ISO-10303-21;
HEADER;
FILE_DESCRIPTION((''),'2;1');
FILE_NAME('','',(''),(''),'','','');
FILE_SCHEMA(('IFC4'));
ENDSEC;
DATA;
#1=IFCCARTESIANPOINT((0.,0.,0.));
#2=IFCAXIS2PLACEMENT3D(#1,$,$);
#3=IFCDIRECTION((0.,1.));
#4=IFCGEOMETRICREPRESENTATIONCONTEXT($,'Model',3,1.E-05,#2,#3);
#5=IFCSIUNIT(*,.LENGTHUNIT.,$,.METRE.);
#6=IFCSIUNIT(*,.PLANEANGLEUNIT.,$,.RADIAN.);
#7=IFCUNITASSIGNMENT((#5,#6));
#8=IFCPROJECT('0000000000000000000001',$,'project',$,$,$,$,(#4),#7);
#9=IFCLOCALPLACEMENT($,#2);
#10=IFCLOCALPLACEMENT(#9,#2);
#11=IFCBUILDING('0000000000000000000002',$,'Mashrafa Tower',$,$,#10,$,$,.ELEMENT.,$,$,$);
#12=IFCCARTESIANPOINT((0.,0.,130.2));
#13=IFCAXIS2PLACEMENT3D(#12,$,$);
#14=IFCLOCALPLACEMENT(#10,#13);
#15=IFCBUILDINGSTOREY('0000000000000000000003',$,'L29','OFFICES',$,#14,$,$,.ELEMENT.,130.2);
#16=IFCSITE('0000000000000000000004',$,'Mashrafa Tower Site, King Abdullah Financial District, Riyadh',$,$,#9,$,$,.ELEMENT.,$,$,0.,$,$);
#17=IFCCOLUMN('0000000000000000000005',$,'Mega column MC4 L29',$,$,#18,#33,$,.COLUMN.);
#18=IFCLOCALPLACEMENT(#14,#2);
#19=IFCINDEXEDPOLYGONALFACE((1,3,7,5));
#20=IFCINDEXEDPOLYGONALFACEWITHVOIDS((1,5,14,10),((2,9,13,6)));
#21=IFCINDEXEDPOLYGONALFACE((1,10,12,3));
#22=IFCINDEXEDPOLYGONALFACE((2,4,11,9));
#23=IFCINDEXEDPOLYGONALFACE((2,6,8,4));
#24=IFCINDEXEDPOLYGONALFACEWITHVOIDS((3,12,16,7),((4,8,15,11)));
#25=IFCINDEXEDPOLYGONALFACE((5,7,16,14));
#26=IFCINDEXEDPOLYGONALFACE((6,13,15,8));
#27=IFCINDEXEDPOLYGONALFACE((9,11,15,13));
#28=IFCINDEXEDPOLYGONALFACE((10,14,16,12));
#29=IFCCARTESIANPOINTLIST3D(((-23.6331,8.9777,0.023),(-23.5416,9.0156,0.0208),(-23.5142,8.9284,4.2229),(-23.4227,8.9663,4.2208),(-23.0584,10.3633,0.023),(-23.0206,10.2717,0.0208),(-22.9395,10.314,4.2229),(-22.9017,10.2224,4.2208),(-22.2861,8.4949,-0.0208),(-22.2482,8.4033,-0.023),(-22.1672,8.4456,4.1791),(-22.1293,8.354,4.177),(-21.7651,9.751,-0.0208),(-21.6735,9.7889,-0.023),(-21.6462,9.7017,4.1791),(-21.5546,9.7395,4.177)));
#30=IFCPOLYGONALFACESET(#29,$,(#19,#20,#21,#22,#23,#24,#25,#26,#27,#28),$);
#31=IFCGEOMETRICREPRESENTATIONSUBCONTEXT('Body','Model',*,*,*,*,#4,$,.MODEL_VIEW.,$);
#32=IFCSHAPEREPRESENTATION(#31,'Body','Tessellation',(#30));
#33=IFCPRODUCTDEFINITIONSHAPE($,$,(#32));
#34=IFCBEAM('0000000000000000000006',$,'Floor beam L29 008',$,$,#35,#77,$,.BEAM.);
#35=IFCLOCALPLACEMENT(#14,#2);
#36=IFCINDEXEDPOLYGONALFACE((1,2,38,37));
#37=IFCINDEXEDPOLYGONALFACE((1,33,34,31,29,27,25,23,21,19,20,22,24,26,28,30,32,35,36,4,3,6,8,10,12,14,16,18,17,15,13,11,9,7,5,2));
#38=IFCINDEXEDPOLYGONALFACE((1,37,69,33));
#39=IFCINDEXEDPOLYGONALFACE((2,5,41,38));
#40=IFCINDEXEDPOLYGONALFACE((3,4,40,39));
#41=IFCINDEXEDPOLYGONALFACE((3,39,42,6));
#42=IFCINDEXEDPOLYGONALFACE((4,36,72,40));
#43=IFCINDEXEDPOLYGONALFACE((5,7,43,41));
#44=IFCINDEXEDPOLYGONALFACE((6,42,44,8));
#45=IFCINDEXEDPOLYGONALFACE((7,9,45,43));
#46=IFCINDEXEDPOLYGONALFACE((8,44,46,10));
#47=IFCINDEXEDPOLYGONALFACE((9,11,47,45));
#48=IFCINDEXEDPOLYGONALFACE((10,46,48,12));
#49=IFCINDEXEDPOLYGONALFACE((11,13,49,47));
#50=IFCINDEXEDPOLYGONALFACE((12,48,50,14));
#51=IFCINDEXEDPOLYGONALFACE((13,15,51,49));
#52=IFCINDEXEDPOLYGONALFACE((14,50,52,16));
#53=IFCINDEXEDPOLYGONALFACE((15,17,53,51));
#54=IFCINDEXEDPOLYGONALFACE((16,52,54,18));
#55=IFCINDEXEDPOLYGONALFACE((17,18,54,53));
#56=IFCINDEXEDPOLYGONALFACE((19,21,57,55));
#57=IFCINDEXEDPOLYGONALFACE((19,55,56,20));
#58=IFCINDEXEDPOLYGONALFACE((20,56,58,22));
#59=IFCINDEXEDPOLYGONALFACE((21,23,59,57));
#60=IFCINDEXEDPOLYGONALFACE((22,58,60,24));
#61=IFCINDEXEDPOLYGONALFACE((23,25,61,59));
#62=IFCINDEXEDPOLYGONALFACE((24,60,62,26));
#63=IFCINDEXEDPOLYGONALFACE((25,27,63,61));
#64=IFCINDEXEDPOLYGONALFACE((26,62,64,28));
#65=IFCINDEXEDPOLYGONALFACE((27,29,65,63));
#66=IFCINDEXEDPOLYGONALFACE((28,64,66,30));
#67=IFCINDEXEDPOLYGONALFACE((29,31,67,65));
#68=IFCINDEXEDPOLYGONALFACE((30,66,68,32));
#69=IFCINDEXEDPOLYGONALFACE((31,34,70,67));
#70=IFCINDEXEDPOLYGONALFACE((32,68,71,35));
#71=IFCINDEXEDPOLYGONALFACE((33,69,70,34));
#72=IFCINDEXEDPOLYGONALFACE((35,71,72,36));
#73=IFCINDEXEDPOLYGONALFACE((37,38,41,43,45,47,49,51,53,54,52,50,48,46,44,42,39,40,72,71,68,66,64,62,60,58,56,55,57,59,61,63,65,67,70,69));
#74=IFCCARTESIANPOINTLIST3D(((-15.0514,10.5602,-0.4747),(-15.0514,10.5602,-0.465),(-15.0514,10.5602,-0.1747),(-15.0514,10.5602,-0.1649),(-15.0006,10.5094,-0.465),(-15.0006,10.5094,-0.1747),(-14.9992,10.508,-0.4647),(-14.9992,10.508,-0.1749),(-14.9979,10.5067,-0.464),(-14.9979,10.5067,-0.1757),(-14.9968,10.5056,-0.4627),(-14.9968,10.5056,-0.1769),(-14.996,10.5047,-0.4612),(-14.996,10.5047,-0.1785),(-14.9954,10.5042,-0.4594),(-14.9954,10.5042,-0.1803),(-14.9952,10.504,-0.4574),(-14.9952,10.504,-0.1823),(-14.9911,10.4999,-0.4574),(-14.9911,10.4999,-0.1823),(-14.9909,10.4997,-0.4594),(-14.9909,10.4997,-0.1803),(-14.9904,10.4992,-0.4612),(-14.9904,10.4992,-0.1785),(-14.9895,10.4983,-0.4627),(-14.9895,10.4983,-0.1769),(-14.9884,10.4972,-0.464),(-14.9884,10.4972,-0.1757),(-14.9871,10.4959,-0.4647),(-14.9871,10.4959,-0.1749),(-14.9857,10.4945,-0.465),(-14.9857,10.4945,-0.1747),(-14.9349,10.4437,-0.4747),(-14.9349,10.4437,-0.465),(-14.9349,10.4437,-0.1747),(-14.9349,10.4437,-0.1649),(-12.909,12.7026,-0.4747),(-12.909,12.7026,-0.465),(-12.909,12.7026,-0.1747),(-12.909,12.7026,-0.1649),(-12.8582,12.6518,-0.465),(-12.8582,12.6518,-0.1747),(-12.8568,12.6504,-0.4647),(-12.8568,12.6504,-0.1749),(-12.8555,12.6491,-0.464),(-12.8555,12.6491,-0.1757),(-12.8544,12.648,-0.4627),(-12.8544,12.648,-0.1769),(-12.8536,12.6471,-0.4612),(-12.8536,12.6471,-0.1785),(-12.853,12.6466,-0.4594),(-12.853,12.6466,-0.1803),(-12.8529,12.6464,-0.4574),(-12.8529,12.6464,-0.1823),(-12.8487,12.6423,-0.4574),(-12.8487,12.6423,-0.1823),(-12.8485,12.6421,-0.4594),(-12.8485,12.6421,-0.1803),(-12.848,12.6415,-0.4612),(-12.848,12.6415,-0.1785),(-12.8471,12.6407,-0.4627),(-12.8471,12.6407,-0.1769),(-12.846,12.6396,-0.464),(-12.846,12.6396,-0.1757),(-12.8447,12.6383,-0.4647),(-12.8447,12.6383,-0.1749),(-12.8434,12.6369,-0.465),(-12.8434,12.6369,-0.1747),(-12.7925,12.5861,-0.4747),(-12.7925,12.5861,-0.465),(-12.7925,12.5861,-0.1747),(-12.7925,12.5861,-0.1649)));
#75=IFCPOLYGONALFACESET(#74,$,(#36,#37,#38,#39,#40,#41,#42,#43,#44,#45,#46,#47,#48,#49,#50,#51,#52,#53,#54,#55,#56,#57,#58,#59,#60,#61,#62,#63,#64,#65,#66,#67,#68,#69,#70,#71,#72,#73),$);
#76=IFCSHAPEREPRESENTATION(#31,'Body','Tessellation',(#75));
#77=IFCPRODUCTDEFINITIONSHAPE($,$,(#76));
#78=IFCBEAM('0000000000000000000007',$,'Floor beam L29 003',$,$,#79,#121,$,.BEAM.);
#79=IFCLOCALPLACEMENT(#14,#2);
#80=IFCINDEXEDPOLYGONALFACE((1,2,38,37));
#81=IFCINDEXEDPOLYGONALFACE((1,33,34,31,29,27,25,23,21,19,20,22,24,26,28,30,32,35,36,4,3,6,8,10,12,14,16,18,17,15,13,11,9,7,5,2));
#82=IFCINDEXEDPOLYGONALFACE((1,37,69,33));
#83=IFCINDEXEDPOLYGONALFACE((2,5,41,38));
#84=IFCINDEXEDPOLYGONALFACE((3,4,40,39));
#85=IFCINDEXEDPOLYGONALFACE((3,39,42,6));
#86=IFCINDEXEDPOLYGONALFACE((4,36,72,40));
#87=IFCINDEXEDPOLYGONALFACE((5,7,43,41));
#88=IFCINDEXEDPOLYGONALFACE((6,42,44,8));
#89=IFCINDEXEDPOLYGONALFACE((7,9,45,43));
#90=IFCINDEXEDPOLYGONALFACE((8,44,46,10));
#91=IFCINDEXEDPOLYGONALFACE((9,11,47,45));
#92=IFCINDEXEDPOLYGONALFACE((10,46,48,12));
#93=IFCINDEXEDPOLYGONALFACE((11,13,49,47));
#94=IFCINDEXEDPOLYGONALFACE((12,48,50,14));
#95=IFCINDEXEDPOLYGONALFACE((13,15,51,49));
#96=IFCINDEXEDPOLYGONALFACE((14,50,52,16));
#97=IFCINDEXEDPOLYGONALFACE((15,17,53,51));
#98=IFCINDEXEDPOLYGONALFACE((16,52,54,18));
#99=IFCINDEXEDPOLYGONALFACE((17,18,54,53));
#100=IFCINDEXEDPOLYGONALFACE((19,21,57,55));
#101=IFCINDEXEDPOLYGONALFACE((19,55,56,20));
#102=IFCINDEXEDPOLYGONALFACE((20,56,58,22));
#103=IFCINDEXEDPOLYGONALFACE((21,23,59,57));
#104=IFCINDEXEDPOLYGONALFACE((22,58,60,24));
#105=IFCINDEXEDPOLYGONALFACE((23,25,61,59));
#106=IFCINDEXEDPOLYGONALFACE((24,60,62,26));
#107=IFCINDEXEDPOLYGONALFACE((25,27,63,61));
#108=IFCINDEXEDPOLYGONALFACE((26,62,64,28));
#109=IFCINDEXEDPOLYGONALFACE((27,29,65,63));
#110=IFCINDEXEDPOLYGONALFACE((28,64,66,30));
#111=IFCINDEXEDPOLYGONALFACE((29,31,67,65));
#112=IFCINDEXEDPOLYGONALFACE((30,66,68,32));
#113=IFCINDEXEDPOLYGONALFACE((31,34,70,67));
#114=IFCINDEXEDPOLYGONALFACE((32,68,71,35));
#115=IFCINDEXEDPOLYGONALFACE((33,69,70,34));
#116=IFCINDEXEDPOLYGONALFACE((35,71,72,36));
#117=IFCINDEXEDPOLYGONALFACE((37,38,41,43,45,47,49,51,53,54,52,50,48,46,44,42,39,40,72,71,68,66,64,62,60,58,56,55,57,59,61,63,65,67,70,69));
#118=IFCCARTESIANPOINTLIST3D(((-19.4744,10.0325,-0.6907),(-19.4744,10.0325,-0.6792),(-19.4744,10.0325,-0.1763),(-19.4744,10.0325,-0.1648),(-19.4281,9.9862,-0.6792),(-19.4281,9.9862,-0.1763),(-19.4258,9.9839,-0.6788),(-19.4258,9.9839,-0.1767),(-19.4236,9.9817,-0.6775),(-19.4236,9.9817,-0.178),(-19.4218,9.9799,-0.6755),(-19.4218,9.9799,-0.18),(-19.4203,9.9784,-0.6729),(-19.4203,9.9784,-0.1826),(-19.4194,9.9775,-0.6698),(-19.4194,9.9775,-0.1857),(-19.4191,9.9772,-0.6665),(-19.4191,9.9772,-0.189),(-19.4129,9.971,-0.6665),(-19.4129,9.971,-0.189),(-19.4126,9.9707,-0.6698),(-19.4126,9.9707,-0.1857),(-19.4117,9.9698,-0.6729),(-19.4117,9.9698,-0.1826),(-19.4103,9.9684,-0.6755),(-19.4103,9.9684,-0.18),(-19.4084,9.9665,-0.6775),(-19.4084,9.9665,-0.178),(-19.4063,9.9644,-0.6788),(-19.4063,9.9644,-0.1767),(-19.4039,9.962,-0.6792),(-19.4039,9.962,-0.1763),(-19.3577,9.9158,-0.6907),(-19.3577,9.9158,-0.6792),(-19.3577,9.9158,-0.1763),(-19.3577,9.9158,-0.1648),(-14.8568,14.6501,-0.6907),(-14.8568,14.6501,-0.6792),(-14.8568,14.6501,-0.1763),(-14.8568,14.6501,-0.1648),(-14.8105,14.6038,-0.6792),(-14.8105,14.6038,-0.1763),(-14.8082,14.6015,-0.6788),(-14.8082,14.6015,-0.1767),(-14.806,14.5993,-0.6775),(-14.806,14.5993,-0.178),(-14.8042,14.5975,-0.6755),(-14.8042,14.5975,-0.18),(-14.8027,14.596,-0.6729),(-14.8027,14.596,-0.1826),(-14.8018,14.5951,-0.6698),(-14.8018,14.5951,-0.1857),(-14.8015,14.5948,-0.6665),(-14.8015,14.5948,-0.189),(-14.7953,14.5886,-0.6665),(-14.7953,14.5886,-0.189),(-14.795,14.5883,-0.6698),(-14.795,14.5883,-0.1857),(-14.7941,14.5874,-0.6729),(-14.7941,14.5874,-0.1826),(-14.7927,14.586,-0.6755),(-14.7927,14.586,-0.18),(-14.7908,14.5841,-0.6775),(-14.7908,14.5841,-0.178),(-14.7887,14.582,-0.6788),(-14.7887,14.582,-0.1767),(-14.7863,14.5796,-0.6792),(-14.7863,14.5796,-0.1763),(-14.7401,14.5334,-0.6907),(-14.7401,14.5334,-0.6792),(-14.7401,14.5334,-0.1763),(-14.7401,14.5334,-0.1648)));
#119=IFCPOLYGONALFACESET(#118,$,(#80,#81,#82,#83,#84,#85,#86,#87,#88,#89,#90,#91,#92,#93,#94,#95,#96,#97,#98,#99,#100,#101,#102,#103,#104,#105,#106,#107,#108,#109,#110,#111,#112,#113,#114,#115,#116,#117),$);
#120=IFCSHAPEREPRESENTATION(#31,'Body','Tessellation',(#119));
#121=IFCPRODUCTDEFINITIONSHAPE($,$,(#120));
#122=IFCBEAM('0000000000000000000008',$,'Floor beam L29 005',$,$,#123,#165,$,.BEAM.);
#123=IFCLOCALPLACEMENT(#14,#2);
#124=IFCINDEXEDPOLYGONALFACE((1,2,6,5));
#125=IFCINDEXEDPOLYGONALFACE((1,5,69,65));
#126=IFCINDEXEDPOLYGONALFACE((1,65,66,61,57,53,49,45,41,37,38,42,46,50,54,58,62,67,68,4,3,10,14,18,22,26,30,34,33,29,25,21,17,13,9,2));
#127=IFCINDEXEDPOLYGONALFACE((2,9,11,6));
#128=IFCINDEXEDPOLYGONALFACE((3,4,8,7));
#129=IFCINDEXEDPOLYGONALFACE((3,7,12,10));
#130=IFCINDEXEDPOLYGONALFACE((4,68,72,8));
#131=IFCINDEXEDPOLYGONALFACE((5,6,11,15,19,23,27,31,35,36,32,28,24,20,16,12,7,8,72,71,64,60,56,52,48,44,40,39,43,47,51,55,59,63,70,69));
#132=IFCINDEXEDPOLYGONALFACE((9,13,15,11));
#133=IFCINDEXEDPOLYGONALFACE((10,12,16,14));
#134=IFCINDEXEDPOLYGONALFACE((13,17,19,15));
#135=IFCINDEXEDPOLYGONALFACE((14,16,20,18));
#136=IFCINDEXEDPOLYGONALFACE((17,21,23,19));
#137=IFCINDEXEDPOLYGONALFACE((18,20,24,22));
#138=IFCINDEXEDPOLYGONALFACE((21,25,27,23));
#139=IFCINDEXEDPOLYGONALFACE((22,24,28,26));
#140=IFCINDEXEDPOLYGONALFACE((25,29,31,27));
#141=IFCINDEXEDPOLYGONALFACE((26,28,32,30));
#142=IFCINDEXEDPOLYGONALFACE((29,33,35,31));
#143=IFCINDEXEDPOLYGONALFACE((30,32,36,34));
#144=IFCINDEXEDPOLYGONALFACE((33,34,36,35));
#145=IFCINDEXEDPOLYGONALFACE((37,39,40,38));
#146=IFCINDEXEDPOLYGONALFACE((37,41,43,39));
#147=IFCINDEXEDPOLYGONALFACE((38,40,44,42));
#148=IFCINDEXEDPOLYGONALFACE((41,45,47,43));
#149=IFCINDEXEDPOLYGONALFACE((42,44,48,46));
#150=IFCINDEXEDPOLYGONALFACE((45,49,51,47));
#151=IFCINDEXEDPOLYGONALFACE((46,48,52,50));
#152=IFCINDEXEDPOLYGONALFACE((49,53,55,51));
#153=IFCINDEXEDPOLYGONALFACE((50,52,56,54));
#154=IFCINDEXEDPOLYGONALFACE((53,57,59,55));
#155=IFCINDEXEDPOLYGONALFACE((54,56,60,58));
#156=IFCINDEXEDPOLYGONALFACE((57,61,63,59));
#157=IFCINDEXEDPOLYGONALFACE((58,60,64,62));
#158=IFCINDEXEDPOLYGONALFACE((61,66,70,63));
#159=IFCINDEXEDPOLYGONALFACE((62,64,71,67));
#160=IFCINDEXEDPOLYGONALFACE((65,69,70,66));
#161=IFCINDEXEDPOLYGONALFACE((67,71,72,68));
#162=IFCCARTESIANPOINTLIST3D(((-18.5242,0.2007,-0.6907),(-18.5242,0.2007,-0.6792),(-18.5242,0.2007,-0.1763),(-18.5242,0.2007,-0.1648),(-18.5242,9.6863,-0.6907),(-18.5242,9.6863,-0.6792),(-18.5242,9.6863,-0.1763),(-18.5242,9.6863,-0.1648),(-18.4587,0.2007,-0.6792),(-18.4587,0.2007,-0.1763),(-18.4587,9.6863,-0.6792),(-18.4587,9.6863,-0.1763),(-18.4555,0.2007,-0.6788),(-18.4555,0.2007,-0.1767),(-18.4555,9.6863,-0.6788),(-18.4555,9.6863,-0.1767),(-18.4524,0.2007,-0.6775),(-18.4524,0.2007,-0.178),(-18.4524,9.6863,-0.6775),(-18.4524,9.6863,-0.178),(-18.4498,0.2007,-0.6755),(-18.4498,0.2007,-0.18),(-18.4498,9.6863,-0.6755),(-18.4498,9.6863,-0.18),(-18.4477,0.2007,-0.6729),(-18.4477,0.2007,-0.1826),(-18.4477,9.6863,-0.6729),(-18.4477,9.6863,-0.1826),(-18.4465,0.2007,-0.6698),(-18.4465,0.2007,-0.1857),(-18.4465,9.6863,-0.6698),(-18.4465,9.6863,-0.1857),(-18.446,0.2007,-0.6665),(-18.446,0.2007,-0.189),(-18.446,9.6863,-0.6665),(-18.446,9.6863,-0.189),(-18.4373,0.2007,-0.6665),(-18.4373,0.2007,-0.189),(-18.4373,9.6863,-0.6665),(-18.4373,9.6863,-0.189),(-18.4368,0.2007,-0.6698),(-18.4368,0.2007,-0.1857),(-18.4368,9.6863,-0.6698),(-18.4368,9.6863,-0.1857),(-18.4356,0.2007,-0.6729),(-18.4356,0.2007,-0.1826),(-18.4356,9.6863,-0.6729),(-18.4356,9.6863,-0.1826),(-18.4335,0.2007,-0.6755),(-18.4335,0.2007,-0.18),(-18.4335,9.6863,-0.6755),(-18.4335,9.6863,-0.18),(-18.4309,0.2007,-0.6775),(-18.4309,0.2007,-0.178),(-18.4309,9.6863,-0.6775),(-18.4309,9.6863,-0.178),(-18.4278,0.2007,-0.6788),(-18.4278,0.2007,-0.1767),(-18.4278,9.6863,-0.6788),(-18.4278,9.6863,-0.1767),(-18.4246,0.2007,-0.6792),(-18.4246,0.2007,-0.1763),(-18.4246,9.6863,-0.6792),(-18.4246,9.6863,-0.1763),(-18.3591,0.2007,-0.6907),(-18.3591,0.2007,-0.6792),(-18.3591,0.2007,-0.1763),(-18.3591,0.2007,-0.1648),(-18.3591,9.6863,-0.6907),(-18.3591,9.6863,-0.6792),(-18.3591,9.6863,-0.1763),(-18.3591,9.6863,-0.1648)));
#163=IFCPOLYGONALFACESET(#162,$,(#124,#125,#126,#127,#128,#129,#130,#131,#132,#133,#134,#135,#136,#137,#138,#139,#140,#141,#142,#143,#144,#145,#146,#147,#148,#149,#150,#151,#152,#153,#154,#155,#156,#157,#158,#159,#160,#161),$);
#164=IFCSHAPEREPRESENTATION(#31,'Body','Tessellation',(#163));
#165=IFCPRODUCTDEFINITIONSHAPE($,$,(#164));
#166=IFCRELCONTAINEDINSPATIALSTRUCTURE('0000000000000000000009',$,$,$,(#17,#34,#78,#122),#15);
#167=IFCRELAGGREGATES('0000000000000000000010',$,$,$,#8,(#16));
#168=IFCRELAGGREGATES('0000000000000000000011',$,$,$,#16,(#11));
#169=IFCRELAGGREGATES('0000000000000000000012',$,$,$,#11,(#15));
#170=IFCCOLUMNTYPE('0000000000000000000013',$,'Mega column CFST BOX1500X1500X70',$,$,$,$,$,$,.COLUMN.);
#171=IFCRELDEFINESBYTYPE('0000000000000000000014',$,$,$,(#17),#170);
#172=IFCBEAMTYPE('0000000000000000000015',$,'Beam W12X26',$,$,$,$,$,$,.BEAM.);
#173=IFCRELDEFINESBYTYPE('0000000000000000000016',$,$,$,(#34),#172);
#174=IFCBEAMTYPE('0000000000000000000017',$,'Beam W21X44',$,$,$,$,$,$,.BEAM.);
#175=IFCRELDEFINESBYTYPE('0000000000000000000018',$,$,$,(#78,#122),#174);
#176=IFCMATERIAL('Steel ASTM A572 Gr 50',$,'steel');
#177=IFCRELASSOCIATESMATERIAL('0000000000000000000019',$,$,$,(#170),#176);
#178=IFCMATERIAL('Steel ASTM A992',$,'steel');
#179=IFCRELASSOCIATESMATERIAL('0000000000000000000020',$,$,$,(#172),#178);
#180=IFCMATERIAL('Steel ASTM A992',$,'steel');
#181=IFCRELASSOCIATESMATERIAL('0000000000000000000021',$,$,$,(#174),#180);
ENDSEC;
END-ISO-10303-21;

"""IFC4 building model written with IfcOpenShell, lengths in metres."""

from ifc_helpers import new_model, si_unit, direction, frame, origin, origin_2d, place, context, subcontext, project, spatial, hollow_rectangle, i_section, extrude, material, material_profile, profile_set, type_object, element, save


model = new_model("IFC4")

# Units and contexts
model_context = context("Model", 3, precision=1e-05, world=origin(), true_north=direction((0.0, 1.0)))
body_context = subcontext(model_context, "Body", "Model", "MODEL_VIEW")
ifc_project = project(units=[si_unit("LENGTHUNIT", "METRE"), si_unit("PLANEANGLEUNIT", "RADIAN")], contexts=[model_context])

# Site, building, storey
site_placement = place(None, origin())
site = spatial("IfcSite", under=ifc_project, at=site_placement, Name="Mashrafa Tower Site, King Abdullah Financial District, Riyadh", CompositionType="ELEMENT", RefElevation=0.0)
building_placement = place(site_placement, origin())
building = spatial("IfcBuilding", under=site, at=building_placement, Name="Mashrafa Tower", CompositionType="ELEMENT")
storey_placement = place(building_placement, frame((0.0, 0.0, 130.2)))
storey = spatial("IfcBuildingStorey", under=building, at=storey_placement, Name="L29", Description="OFFICES", CompositionType="ELEMENT", Elevation=130.2)

# Column
ifc_material_1 = material(Name="Steel ASTM A572 Gr 50", Category="steel")
ifc_material_profile_1 = material_profile(ifc_material_1, hollow_rectangle(XDim=1.5, YDim=1.5, WallThickness=0.0701, at=origin_2d()), Name="BOX1500X1500X70")
ifc_profile_set_1 = profile_set([ifc_material_profile_1], Name="Steel ASTM A572 Gr 50")
column_type = type_object("IfcColumnType", Name="Mega column CFST BOX1500X1500X70", PredefinedType="COLUMN", material=ifc_profile_set_1)
column_placement = place(storey_placement, frame((-22.6533, 9.3833, 0.0), z_axis=(0.028296, -0.011737, 0.999531), x_axis=(0.383133, 0.923693, 0.0)))
element("IfcColumn", 1, at=column_placement, inside=storey, type_object=column_type, Name="Mega column MC4 L29", PredefinedType="COLUMN", context=body_context, shape_type="SweptSolid", body=[
    extrude(hollow_rectangle(XDim=1.5, YDim=1.5, WallThickness=0.0701, at=origin_2d()), origin(), (0.0, 0.0, 1.0), 4.2019),
])

# Beams
ifc_material_2 = material(Name="Steel ASTM A992", Category="steel")
ifc_material_profile_2 = material_profile(ifc_material_2, i_section(OverallWidth=0.1648, OverallDepth=0.3098, WebThickness=0.0059, FlangeThickness=0.0098, FilletRadius=0.0076, at=origin_2d()), Name="W12X26")
ifc_profile_set_2 = profile_set([ifc_material_profile_2], Name="Steel ASTM A992")
beam_type_1 = type_object("IfcBeamType", Name="Beam W12X26", PredefinedType="BEAM", material=ifc_profile_set_2)
beam_1_placement = place(storey_placement, frame((-14.9932, 10.502, -0.3198), z_axis=(0.707107, 0.707107, 0.0), x_axis=(-0.707107, 0.707107, 0.0)))
element("IfcBeam", 2, at=beam_1_placement, inside=storey, type_object=beam_type_1, Name="Floor beam L29 008", PredefinedType="BEAM", context=body_context, shape_type="SweptSolid", body=[
    extrude(i_section(OverallWidth=0.1648, OverallDepth=0.3098, WebThickness=0.0059, FlangeThickness=0.0098, FilletRadius=0.0076, at=origin_2d()), origin(), (0.0, 0.0, 1.0), 3.0298),
])
ifc_material_3 = material(Name="Steel ASTM A992", Category="steel")
ifc_material_profile_3 = material_profile(ifc_material_3, i_section(OverallWidth=0.165, OverallDepth=0.5259, WebThickness=0.0088, FlangeThickness=0.0115, FilletRadius=0.0127, at=origin_2d()), Name="W21X44")
ifc_profile_set_3 = profile_set([ifc_material_profile_3], Name="Steel ASTM A992")
beam_type_2 = type_object("IfcBeamType", Name="Beam W21X44", PredefinedType="BEAM", material=ifc_profile_set_3)
beam_2_placement = place(storey_placement, frame((-19.416, 9.9741, -0.4277), z_axis=(0.707107, 0.707107, 0.0), x_axis=(-0.707107, 0.707107, 0.0)))
element("IfcBeam", 3, at=beam_2_placement, inside=storey, type_object=beam_type_2, Name="Floor beam L29 003", PredefinedType="BEAM", context=body_context, shape_type="SweptSolid", body=[
    extrude(i_section(OverallWidth=0.165, OverallDepth=0.5259, WebThickness=0.0088, FlangeThickness=0.0115, FilletRadius=0.0127, at=origin_2d()), origin(), (0.0, 0.0, 1.0), 6.5303),
])
beam_3_placement = place(storey_placement, frame((-18.4417, 0.2007, -0.4277), z_axis=(0.0, 1.0, 0.0), x_axis=(-1.0, 0.0, 0.0)))
element("IfcBeam", 4, at=beam_3_placement, inside=storey, type_object=beam_type_2, Name="Floor beam L29 005", PredefinedType="BEAM", context=body_context, shape_type="SweptSolid", body=[
    extrude(i_section(OverallWidth=0.165, OverallDepth=0.5259, WebThickness=0.0088, FlangeThickness=0.0115, FilletRadius=0.0127, at=origin_2d()), origin(), (0.0, 0.0, 1.0), 9.4856),
])

save(model, "model.ifc")
